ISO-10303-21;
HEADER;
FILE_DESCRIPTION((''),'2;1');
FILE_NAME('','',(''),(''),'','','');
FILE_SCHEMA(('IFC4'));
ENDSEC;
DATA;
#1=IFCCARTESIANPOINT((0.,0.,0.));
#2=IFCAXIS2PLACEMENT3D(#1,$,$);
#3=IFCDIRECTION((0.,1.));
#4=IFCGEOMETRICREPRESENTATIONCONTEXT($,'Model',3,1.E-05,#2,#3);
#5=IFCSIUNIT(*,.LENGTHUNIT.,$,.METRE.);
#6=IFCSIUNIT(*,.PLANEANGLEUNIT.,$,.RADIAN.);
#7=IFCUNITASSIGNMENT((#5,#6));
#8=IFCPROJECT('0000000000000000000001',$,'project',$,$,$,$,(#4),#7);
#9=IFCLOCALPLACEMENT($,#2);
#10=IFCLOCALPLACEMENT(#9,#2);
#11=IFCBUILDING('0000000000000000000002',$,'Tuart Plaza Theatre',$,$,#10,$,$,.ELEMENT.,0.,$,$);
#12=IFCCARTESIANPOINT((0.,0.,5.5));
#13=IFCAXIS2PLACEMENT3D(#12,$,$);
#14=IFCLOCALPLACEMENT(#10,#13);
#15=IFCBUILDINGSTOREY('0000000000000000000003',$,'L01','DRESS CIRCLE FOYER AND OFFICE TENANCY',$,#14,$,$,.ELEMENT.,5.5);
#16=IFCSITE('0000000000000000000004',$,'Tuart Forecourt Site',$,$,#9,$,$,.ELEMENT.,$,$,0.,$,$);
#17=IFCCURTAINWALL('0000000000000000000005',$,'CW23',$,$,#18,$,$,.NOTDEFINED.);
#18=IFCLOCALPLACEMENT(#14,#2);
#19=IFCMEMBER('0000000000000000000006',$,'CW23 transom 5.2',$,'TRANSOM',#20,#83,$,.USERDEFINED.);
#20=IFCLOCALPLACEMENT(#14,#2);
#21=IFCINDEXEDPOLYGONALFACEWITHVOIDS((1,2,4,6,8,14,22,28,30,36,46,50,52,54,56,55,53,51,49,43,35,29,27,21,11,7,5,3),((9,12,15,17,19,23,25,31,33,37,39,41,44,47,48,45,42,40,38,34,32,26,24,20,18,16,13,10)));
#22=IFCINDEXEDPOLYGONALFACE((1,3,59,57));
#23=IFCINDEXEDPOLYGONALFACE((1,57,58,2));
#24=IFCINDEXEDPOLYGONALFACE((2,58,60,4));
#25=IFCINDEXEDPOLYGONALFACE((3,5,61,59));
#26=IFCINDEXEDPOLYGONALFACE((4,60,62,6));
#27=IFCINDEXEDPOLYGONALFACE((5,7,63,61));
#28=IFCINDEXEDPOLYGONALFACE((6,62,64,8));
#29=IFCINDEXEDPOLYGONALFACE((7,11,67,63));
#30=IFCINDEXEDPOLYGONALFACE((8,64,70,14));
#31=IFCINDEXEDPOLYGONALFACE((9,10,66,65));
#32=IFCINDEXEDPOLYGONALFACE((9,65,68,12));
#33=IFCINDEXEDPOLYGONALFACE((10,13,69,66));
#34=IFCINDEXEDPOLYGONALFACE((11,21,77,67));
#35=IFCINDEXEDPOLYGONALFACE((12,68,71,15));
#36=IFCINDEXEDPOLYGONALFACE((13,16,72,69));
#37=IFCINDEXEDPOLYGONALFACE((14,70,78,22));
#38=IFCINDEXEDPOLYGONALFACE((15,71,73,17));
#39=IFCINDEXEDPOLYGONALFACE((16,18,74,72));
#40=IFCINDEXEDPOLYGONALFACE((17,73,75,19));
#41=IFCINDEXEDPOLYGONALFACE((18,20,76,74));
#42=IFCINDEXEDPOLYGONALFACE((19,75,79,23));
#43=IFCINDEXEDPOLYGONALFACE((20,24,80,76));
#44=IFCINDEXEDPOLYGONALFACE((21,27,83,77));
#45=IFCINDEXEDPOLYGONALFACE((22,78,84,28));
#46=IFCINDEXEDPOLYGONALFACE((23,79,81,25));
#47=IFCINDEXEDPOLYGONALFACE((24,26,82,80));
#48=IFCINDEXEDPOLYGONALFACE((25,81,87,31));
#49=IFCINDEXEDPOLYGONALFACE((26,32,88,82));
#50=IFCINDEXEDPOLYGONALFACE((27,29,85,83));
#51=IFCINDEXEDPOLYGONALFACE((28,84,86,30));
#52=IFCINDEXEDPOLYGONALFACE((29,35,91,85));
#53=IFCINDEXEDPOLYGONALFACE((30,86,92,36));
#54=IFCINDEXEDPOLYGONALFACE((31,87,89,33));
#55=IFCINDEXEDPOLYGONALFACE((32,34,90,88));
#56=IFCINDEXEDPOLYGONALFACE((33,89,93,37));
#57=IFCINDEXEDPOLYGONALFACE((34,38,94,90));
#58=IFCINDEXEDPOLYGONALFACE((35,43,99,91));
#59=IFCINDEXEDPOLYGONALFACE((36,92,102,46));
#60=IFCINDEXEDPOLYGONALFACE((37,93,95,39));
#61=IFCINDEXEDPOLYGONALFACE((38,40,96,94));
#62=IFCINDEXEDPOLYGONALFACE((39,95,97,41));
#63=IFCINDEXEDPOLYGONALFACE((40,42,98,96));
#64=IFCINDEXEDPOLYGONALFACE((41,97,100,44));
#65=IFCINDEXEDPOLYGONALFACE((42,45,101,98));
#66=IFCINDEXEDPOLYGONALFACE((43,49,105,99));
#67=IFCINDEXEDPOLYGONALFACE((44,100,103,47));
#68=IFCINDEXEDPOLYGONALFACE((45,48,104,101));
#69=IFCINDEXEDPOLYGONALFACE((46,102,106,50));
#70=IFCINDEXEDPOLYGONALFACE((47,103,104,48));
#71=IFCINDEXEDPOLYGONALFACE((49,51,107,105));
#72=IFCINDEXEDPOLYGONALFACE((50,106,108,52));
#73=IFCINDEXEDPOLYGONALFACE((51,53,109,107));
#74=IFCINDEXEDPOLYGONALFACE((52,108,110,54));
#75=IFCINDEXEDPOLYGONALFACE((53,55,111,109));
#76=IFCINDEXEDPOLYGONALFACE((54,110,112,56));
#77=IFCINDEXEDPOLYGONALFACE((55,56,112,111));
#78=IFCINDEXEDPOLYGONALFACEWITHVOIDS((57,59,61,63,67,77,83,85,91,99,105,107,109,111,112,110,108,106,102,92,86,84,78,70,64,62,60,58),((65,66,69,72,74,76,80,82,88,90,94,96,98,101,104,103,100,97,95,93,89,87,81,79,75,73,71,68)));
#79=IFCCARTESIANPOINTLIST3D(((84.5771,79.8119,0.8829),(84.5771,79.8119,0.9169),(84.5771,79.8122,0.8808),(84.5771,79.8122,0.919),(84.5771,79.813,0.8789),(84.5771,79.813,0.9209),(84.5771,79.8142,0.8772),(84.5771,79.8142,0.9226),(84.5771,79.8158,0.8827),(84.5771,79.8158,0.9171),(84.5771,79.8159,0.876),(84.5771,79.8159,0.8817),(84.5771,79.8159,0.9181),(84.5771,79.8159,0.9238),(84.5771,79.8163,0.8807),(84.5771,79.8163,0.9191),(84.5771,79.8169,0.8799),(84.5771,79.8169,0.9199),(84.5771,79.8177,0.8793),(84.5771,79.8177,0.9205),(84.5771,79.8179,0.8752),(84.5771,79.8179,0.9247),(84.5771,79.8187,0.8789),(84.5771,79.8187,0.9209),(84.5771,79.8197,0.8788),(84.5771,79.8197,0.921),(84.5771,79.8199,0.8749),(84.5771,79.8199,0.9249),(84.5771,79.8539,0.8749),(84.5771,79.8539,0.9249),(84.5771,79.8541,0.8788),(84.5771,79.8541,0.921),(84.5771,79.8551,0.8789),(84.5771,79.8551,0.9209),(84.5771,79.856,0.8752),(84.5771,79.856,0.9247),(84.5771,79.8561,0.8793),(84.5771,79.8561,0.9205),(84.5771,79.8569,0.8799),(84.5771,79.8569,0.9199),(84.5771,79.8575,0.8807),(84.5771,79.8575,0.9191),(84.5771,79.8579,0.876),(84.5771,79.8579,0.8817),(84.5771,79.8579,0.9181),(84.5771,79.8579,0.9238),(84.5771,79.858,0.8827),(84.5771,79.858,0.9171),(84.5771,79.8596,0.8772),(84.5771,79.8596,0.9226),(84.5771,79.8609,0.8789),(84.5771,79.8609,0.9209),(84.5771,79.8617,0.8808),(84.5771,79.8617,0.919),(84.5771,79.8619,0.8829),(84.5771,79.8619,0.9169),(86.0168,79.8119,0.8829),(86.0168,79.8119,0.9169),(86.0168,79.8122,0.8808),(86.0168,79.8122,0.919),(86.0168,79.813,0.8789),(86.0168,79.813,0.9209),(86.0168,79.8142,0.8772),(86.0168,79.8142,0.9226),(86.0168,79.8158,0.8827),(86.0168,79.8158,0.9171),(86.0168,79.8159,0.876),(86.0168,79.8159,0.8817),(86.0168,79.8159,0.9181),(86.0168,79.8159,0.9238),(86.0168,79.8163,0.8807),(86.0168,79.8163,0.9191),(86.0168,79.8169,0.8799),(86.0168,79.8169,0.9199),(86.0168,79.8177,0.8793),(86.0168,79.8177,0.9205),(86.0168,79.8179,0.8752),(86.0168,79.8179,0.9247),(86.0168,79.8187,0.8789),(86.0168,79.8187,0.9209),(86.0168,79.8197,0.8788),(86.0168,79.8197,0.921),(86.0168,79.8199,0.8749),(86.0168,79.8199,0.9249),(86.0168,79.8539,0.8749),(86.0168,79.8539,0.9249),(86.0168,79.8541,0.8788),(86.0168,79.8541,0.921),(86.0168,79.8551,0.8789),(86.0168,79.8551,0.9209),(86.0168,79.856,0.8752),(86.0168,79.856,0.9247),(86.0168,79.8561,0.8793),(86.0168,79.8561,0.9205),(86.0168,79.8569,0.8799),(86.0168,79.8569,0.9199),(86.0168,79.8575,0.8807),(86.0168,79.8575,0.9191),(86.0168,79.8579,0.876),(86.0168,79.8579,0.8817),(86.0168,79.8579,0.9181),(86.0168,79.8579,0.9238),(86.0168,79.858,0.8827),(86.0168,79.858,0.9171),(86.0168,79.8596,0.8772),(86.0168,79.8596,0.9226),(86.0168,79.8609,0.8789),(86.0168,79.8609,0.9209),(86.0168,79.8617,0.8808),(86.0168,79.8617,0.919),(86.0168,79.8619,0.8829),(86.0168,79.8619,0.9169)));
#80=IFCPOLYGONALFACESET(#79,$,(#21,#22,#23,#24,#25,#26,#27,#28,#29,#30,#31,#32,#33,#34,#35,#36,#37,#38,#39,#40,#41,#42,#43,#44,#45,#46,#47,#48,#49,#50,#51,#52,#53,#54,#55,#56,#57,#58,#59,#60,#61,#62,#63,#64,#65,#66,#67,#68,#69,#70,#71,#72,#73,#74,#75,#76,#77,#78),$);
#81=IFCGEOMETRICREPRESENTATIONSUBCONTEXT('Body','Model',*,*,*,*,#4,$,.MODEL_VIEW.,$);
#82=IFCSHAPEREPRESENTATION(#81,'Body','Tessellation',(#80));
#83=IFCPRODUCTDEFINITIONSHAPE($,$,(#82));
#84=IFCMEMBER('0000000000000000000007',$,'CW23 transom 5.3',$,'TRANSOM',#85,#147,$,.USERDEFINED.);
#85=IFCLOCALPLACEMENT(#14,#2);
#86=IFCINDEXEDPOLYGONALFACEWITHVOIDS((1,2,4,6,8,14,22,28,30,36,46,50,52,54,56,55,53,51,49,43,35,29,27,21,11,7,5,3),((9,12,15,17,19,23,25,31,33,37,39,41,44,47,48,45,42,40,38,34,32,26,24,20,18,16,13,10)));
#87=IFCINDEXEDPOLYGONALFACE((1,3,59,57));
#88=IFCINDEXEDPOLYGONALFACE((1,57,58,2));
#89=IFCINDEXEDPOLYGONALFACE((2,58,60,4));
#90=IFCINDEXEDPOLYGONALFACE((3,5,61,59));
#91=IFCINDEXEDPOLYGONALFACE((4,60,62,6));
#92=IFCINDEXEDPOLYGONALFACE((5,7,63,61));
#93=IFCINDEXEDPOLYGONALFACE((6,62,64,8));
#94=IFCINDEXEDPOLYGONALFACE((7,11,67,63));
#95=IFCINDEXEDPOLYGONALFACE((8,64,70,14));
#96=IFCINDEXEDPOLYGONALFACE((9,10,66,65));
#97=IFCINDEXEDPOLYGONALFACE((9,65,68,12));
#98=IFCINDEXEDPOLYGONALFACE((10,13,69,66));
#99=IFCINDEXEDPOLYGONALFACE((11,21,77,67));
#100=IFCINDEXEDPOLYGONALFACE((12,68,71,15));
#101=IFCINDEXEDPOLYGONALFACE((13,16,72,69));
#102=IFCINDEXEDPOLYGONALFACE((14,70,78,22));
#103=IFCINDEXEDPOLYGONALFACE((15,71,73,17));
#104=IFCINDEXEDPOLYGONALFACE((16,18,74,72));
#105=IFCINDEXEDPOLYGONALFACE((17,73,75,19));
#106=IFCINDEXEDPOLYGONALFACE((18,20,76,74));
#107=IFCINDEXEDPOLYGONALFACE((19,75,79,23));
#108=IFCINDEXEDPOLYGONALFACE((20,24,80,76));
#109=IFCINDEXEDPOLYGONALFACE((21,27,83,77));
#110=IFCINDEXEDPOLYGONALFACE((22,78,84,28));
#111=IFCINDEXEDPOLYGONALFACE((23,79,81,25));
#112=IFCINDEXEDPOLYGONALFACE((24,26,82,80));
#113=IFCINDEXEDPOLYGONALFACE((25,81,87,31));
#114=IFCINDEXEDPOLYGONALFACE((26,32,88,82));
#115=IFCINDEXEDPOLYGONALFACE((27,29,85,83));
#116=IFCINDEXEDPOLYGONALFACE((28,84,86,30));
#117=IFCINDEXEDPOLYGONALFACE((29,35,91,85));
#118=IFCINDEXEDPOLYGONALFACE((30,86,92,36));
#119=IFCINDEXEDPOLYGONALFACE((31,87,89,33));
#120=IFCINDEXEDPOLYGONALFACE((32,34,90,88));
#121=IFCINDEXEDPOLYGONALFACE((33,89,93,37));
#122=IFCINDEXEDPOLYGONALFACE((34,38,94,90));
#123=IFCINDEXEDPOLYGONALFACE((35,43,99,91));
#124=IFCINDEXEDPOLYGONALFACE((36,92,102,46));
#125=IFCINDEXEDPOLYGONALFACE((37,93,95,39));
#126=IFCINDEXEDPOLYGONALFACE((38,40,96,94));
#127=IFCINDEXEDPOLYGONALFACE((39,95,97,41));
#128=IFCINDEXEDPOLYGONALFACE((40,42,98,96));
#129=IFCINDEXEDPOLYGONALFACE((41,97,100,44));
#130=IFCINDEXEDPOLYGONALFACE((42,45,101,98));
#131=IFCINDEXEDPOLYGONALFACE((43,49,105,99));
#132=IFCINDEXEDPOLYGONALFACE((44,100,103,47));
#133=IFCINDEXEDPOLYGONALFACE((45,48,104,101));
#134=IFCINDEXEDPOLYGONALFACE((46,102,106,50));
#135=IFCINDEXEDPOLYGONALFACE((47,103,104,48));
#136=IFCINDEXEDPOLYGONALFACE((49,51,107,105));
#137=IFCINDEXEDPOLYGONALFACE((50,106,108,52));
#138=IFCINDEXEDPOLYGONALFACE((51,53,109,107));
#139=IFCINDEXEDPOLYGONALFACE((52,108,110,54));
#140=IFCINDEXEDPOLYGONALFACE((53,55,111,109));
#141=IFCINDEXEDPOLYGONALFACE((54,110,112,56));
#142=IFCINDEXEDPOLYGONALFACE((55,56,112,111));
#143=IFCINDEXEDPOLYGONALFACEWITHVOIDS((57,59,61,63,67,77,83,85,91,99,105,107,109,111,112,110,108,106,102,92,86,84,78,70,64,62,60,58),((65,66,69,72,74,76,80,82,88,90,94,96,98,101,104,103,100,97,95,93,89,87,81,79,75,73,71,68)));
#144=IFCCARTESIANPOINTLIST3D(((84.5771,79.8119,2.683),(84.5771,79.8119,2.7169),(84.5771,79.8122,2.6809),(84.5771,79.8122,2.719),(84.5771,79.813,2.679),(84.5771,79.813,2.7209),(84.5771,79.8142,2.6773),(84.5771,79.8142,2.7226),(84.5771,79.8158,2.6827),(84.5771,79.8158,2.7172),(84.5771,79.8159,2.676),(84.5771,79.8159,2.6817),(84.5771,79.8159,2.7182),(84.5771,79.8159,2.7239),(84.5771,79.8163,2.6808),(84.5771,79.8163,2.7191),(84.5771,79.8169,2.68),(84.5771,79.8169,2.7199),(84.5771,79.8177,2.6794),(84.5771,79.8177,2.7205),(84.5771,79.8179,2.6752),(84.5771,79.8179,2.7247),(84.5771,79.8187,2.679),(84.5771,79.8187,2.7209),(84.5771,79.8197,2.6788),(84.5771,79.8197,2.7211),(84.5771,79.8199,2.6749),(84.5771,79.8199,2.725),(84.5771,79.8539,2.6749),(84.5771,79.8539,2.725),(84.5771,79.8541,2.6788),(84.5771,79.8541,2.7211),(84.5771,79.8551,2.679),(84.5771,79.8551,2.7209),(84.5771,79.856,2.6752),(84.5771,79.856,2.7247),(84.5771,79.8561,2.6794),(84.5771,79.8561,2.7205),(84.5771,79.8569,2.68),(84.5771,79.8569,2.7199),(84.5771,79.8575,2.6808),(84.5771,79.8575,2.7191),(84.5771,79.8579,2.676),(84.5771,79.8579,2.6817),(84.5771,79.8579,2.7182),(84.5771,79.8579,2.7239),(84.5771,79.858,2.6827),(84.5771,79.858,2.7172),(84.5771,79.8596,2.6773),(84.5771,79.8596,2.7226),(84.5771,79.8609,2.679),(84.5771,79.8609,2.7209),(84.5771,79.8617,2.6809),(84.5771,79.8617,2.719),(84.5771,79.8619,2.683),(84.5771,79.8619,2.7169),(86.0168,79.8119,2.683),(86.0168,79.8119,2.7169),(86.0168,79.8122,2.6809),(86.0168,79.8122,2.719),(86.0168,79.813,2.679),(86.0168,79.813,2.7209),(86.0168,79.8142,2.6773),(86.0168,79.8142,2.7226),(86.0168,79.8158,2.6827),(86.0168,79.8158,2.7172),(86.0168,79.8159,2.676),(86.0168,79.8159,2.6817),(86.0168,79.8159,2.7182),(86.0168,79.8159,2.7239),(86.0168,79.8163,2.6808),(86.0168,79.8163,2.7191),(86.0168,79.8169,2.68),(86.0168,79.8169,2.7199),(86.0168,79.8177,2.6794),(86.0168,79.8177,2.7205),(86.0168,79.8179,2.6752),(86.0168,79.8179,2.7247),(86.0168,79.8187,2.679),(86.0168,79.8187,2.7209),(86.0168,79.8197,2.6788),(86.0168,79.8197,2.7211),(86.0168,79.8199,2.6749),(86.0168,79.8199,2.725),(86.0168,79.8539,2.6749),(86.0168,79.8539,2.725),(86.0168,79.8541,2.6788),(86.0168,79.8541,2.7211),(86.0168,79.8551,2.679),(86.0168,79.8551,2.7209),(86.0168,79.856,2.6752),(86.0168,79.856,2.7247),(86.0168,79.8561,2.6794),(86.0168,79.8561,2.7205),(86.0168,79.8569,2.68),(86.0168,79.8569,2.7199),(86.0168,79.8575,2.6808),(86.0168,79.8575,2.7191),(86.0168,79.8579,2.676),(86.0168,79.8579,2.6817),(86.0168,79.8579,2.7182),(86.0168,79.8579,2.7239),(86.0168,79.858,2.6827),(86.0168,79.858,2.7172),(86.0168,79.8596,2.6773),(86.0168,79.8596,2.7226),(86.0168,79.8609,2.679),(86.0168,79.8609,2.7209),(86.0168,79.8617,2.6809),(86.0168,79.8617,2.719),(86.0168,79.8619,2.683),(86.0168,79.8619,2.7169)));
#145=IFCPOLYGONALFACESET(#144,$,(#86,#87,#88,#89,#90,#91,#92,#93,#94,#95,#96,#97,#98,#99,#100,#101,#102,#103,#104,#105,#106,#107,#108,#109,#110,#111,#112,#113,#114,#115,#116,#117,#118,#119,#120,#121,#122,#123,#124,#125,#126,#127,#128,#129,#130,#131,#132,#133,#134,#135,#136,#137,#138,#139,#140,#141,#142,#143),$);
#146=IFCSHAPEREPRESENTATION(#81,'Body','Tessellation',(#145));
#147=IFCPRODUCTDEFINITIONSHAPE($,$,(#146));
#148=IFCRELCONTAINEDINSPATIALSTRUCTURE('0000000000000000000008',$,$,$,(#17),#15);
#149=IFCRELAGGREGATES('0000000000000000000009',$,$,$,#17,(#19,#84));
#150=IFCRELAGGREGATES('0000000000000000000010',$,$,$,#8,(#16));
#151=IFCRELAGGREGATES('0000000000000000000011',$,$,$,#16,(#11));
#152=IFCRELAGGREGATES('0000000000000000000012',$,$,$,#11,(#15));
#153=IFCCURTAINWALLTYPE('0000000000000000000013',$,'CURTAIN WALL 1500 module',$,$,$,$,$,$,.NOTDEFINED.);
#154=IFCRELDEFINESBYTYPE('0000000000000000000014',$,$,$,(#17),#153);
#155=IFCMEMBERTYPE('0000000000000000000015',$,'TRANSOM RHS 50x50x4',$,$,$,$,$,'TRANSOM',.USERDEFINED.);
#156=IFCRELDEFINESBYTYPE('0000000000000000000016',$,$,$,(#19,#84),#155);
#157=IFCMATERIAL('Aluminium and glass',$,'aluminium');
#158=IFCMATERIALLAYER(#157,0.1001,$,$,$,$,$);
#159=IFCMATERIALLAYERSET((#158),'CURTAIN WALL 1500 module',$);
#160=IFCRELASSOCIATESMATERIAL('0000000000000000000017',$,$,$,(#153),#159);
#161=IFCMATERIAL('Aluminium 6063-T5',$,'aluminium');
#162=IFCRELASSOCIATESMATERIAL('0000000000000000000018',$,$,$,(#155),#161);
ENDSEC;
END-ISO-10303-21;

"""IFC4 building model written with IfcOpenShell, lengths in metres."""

from ifc_helpers import new_model, si_unit, direction, frame, origin, origin_2d, place, context, subcontext, project, spatial, hollow_rectangle, extrude, material, layer, layer_set, material_profile, profile_set, type_object, element, aggregate, save


model = new_model("IFC4")

# Units and contexts
model_context = context("Model", 3, precision=1e-05, world=origin(), true_north=direction((0.0, 1.0)))
body_context = subcontext(model_context, "Body", "Model", "MODEL_VIEW")
ifc_project = project(units=[si_unit("LENGTHUNIT", "METRE"), si_unit("PLANEANGLEUNIT", "RADIAN")], contexts=[model_context])

# Site, building, storey
site_placement = place(None, origin())
site = spatial("IfcSite", under=ifc_project, at=site_placement, Name="Tuart Forecourt Site", CompositionType="ELEMENT", RefElevation=0.0)
building_placement = place(site_placement, origin())
building = spatial("IfcBuilding", under=site, at=building_placement, Name="Tuart Plaza Theatre", CompositionType="ELEMENT", ElevationOfRefHeight=0.0)
storey_placement = place(building_placement, frame((0.0, 0.0, 5.5)))
storey = spatial("IfcBuildingStorey", under=building, at=storey_placement, Name="L01", Description="DRESS CIRCLE FOYER AND OFFICE TENANCY", CompositionType="ELEMENT", Elevation=5.5)

# Curtain wall, members
ifc_material_1 = material(Name="Aluminium and glass", Category="aluminium")
ifc_layer_1 = layer(ifc_material_1, 0.1001)
ifc_layer_set_1 = layer_set([ifc_layer_1], Name="CURTAIN WALL 1500 module")
curtain_wall_type = type_object("IfcCurtainWallType", Name="CURTAIN WALL 1500 module", PredefinedType="NOTDEFINED", material=ifc_layer_set_1)
curtain_wall_placement = place(storey_placement, origin())
curtain_wall = element("IfcCurtainWall", 1, at=curtain_wall_placement, inside=storey, type_object=curtain_wall_type, Name="CW23", PredefinedType="NOTDEFINED")
ifc_material_2 = material(Name="Aluminium 6063-T5", Category="aluminium")
ifc_material_profile_1 = material_profile(ifc_material_2, hollow_rectangle(XDim=0.05, YDim=0.05, WallThickness=0.0039, InnerFilletRadius=0.0039, OuterFilletRadius=0.0081, at=origin_2d()), Name="RHS 50x50x4")
ifc_profile_set_1 = profile_set([ifc_material_profile_1], Name="Aluminium 6063-T5")
member_type_1 = type_object("IfcMemberType", Name="TRANSOM RHS 50x50x4", ElementType="TRANSOM", PredefinedType="USERDEFINED", material=ifc_profile_set_1)
member_1_placement = place(storey_placement, frame((84.5771, 79.8369, 0.8999), z_axis=(1.0, 0.0, 0.0), x_axis=(0.0, 1.0, 0.0)))
member_1 = element("IfcMember", 2, at=member_1_placement, type_object=member_type_1, Name="CW23 transom 5.2", ObjectType="TRANSOM", PredefinedType="USERDEFINED", context=body_context, shape_type="SweptSolid", body=[
    extrude(hollow_rectangle(XDim=0.05, YDim=0.05, WallThickness=0.0039, InnerFilletRadius=0.0039, OuterFilletRadius=0.0081, at=origin_2d()), origin(), (0.0, 0.0, 1.0), 1.4397),
])
member_2_placement = place(storey_placement, frame((84.5771, 79.8369, 2.7), z_axis=(1.0, 0.0, 0.0), x_axis=(0.0, 1.0, 0.0)))
member_2 = element("IfcMember", 3, at=member_2_placement, type_object=member_type_1, Name="CW23 transom 5.3", ObjectType="TRANSOM", PredefinedType="USERDEFINED", context=body_context, shape_type="SweptSolid", body=[
    extrude(hollow_rectangle(XDim=0.05, YDim=0.05, WallThickness=0.0039, InnerFilletRadius=0.0039, OuterFilletRadius=0.0081, at=origin_2d()), origin(), (0.0, 0.0, 1.0), 1.4397),
])
aggregate(curtain_wall, [member_1, member_2])

save(model, "model.ifc")
